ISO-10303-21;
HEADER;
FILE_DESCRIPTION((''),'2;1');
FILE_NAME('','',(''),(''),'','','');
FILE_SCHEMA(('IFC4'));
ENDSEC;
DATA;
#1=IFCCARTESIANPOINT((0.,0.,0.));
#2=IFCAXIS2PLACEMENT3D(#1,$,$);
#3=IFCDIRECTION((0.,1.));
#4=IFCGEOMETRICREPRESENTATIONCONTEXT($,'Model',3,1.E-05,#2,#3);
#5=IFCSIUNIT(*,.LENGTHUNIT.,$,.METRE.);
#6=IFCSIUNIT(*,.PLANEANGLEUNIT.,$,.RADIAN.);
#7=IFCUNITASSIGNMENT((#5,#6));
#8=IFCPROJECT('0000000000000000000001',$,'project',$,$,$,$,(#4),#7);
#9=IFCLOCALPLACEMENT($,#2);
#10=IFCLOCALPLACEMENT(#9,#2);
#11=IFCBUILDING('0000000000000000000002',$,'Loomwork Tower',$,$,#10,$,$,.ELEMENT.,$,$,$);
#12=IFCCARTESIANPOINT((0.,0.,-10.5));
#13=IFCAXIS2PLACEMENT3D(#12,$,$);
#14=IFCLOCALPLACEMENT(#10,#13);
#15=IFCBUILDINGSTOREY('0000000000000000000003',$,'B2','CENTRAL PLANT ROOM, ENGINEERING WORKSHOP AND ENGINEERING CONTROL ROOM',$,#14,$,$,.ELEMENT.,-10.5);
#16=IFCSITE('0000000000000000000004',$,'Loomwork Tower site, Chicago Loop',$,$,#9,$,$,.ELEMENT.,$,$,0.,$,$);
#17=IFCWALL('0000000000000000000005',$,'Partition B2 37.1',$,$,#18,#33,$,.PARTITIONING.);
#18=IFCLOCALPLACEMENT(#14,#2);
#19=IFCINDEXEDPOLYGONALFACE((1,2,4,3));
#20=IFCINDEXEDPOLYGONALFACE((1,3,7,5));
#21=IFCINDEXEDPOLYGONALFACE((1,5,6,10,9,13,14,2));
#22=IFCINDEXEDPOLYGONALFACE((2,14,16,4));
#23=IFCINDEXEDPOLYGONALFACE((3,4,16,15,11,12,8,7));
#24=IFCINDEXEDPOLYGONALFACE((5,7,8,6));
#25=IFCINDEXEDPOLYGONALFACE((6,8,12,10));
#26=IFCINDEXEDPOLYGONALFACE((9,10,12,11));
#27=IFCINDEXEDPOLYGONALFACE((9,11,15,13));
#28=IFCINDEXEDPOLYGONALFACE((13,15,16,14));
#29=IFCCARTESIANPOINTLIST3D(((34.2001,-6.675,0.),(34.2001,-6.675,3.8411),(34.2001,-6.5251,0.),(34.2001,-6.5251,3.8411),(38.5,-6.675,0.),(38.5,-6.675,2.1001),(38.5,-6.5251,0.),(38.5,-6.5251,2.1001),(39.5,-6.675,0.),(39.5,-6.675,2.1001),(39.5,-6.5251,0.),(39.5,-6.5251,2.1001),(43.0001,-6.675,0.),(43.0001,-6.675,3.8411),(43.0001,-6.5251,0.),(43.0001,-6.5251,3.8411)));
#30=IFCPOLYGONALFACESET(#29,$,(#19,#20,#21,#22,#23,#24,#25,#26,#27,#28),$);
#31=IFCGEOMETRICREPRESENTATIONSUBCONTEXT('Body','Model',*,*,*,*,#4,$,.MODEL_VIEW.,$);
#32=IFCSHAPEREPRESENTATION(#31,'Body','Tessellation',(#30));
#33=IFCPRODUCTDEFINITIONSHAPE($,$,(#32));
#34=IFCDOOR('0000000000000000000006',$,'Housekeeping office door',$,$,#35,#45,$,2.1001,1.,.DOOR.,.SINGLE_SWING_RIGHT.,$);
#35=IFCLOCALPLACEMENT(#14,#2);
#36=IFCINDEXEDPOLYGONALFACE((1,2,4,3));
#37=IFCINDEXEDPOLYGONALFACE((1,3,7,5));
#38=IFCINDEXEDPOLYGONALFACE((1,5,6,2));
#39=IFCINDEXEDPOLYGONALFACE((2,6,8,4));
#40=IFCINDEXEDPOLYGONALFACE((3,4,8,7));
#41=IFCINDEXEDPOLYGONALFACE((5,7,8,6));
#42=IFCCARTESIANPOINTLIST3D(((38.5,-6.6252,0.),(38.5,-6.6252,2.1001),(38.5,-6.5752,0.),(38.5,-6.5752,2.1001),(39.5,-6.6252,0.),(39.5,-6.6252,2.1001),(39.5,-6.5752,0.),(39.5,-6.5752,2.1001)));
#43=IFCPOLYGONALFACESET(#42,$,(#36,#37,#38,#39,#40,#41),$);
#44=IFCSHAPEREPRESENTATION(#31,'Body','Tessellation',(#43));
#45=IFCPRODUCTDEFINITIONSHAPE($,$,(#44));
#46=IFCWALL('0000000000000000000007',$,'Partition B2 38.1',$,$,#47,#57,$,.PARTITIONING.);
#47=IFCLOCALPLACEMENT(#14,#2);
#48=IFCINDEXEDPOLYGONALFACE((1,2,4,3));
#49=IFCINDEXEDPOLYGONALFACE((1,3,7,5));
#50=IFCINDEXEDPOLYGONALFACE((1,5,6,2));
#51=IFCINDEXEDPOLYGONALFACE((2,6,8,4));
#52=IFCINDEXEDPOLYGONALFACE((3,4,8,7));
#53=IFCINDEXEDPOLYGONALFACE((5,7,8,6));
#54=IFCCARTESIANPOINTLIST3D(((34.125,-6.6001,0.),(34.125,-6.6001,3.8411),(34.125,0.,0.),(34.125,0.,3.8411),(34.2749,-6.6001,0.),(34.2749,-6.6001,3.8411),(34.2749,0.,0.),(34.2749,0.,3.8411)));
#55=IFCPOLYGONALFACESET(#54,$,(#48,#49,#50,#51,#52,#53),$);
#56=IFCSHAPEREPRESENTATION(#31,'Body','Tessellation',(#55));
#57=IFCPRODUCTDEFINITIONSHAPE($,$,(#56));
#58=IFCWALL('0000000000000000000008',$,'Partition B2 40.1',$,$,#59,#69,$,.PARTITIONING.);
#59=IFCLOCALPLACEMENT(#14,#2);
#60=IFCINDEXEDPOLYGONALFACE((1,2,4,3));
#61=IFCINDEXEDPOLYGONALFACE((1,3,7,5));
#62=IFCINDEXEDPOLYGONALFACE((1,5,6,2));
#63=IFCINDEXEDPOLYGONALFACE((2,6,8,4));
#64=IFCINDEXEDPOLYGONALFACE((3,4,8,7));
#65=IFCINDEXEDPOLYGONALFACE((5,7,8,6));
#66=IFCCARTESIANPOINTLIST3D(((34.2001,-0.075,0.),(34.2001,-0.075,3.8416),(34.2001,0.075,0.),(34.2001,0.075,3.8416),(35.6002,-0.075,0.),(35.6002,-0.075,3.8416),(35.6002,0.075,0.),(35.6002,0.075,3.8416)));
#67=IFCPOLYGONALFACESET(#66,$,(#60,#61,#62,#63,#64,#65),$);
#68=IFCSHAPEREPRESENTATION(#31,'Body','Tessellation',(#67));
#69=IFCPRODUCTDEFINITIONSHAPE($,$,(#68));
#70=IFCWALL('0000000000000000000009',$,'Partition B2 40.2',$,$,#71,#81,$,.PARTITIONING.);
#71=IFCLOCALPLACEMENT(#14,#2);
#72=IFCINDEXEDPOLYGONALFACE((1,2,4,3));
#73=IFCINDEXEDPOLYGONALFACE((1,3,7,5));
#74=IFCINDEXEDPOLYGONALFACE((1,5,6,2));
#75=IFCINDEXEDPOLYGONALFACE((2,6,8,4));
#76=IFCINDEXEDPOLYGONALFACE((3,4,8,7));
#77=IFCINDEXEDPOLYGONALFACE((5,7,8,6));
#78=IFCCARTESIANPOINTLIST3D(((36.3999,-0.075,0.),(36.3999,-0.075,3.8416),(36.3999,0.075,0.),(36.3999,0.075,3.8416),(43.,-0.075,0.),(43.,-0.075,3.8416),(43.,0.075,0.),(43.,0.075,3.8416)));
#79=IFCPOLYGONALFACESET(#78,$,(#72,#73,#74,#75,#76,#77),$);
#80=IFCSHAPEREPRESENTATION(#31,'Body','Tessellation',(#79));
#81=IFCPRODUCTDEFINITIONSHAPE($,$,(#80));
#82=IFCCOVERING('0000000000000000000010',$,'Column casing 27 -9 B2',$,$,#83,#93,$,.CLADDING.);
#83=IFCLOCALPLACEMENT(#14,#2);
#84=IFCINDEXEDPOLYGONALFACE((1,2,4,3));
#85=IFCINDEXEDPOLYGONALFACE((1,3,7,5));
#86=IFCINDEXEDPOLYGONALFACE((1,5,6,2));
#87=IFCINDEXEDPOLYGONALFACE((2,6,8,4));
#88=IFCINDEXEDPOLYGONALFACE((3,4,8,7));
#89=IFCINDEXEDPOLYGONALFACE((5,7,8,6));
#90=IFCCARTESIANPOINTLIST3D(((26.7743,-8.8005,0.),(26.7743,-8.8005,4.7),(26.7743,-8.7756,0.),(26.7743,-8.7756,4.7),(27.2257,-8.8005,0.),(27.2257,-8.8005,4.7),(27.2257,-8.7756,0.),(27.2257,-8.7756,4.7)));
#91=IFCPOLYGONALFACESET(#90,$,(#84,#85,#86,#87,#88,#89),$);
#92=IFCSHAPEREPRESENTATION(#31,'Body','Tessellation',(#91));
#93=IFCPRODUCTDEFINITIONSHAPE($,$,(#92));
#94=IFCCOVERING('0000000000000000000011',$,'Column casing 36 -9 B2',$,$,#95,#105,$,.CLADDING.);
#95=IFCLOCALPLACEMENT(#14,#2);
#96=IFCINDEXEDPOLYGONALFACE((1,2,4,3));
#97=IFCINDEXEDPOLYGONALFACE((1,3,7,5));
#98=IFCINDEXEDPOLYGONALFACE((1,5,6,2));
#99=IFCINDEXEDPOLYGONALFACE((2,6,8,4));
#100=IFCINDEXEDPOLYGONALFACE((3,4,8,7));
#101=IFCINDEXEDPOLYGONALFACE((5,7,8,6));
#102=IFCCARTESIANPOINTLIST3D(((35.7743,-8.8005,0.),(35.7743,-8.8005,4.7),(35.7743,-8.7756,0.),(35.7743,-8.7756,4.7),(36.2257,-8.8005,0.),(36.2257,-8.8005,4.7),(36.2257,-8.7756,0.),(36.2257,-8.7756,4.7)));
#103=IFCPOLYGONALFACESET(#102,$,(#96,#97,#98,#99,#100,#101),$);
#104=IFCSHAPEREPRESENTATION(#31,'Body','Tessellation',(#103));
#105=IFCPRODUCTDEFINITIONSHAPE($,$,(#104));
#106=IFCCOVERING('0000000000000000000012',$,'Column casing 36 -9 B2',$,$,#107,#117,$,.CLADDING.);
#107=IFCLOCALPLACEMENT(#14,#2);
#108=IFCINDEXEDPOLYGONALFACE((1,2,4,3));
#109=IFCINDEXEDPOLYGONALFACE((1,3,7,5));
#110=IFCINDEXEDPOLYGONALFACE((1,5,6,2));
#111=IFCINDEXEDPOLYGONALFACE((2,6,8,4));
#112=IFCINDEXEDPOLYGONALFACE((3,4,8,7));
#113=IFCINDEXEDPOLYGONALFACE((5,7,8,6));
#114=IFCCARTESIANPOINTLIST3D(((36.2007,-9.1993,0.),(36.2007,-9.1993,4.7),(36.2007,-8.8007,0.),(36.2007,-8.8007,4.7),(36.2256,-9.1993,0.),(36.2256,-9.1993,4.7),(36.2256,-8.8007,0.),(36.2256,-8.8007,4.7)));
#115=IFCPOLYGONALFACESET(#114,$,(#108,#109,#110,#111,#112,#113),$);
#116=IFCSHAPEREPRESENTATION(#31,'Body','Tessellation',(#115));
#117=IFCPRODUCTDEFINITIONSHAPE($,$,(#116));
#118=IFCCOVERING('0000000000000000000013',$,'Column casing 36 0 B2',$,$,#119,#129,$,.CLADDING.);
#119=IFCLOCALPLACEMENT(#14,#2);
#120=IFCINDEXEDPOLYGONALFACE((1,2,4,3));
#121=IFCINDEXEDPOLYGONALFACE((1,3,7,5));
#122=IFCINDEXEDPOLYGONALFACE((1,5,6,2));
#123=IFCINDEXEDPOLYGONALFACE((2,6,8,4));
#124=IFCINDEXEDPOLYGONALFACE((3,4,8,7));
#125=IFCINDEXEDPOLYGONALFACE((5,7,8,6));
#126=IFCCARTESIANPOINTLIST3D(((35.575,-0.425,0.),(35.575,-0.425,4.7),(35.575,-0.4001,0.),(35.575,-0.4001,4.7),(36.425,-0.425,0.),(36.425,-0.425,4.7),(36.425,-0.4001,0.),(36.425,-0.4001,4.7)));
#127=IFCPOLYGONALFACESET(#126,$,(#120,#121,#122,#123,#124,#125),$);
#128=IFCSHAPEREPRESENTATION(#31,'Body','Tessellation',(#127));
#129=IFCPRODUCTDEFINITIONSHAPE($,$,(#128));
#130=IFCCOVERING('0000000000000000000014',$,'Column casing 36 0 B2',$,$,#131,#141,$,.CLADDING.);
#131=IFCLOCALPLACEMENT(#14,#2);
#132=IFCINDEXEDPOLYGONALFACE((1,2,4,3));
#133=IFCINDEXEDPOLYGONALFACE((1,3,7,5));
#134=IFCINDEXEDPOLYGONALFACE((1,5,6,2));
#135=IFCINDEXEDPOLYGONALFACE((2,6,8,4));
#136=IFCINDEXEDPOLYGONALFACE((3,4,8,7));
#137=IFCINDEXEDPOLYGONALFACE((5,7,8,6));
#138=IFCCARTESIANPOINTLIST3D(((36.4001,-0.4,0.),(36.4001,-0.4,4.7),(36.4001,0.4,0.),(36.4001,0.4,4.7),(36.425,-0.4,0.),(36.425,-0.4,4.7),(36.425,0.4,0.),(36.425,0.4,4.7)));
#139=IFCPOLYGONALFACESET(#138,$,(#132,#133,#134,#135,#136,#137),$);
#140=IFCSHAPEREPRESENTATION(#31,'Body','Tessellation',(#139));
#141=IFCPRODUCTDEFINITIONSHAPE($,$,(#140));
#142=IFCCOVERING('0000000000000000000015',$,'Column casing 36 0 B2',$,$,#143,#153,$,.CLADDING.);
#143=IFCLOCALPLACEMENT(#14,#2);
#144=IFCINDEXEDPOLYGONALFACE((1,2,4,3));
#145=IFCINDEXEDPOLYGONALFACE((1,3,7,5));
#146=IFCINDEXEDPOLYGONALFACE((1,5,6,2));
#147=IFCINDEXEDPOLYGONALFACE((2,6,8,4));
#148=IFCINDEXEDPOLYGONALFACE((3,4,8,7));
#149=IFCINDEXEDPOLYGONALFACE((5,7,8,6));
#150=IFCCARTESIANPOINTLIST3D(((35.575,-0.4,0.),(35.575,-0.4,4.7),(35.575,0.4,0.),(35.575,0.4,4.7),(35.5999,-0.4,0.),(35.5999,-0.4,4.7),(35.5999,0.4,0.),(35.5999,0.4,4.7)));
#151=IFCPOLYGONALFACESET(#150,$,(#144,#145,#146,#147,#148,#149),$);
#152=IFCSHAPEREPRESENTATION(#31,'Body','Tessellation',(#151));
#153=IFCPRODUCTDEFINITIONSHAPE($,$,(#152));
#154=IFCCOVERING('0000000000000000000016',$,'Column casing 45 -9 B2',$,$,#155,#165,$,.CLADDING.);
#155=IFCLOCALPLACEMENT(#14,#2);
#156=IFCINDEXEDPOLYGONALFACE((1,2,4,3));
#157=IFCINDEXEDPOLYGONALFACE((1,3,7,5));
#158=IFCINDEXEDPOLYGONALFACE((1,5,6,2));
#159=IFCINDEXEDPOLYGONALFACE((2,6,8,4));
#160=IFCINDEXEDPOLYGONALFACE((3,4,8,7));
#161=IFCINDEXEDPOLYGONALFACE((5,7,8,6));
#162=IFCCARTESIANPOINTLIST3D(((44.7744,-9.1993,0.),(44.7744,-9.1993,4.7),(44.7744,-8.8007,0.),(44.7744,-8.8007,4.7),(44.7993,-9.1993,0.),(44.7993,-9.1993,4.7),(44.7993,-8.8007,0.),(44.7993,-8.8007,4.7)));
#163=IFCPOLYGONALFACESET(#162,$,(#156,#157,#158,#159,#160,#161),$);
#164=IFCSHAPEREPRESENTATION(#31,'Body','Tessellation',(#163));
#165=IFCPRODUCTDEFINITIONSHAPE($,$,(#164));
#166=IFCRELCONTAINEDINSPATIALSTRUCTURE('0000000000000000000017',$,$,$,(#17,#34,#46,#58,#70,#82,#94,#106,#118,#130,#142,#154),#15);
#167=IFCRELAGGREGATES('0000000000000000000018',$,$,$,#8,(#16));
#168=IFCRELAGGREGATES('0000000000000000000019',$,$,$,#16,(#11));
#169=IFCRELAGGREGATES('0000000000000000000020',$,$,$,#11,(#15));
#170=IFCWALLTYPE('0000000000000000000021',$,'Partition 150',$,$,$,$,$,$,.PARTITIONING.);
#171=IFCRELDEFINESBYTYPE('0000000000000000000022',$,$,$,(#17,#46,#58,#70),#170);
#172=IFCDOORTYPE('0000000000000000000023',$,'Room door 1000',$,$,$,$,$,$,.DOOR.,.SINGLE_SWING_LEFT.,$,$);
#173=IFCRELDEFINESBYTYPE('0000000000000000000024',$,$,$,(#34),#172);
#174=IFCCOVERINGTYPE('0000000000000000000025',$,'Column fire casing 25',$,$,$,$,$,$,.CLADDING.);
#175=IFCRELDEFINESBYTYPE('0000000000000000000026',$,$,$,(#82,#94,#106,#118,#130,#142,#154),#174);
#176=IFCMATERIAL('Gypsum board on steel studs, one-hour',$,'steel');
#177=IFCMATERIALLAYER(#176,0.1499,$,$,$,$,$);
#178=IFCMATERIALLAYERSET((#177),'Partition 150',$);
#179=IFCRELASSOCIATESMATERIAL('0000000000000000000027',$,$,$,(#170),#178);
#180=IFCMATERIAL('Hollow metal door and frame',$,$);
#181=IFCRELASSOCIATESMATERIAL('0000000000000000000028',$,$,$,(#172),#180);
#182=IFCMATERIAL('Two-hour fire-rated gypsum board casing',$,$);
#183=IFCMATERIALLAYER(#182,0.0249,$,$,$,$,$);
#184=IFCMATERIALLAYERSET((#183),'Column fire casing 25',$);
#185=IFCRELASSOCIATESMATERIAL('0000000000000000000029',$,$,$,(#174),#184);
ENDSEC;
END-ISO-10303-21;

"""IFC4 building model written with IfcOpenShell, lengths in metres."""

from ifc_helpers import new_model, si_unit, direction, frame, frame_2d, origin, origin_2d, place, context, subcontext, project, spatial, rectangle, extrude, material, layer, layer_set, type_object, element, fill, save


model = new_model("IFC4")

# Units and contexts
model_context = context("Model", 3, precision=1e-05, world=origin(), true_north=direction((0.0, 1.0)))
body_context = subcontext(model_context, "Body", "Model", "MODEL_VIEW")
ifc_project = project(units=[si_unit("LENGTHUNIT", "METRE"), si_unit("PLANEANGLEUNIT", "RADIAN")], contexts=[model_context])

# Site, building, storey
site_placement = place(None, origin())
site = spatial("IfcSite", under=ifc_project, at=site_placement, Name="Loomwork Tower site, Chicago Loop", CompositionType="ELEMENT", RefElevation=0.0)
building_placement = place(site_placement, origin())
building = spatial("IfcBuilding", under=site, at=building_placement, Name="Loomwork Tower", CompositionType="ELEMENT")
storey_placement = place(building_placement, frame((0.0, 0.0, -10.5)))
storey = spatial("IfcBuildingStorey", under=building, at=storey_placement, Name="B2", Description="CENTRAL PLANT ROOM, ENGINEERING WORKSHOP AND ENGINEERING CONTROL ROOM", CompositionType="ELEMENT", Elevation=-10.5)

# Shared definitions
ifc_material_1 = material(Name="Gypsum board on steel studs, one-hour", Category="steel")
ifc_layer_1 = layer(ifc_material_1, 0.1499)
ifc_layer_set_1 = layer_set([ifc_layer_1], Name="Partition 150")
wall_type = type_object("IfcWallType", Name="Partition 150", PredefinedType="PARTITIONING", material=ifc_layer_set_1)

# Wall, opening, door
wall_1_placement = place(storey_placement, frame((43.0, -6.6001, 0.0), z_axis=(0.0, 0.0, 1.0), x_axis=(-1.0, 0.0, 0.0)))
wall_1 = element("IfcWall", 1, at=wall_1_placement, inside=storey, type_object=wall_type, Name="Partition B2 37.1", PredefinedType="PARTITIONING", context=body_context, shape_type="SweptSolid", body=[
    extrude(rectangle(XDim=8.8, YDim=0.1499, at=frame_2d((4.3999, 0.0))), origin(), (0.0, 0.0, 1.0), 3.8411),
])
opening_placement = place(wall_1_placement, frame((3.5, 0.0, 0.0)))
opening = element("IfcOpeningElement", 2, at=opening_placement, cuts=wall_1, PredefinedType="OPENING", context=body_context, shape_type="SweptSolid", body=[
    extrude(rectangle(XDim=1.0, YDim=2.1001, at=frame_2d((0.5, 1.05))), frame((0.0, 0.085, 0.0), z_axis=(0.0, -1.0, 0.0), x_axis=(1.0, 0.0, 0.0)), (0.0, 0.0, 1.0), 0.1699),
])
ifc_material_2 = material(Name="Hollow metal door and frame")
door_type = type_object("IfcDoorType", Name="Room door 1000", OperationType="SINGLE_SWING_LEFT", PredefinedType="DOOR", material=ifc_material_2)
door_placement = place(opening_placement, frame((1.0, 0.0, 0.0), z_axis=(0.0, 0.0, 1.0), x_axis=(-1.0, 0.0, 0.0)))
door = element("IfcDoor", 3, at=door_placement, inside=storey, type_object=door_type, Name="Housekeeping office door", OperationType="SINGLE_SWING_RIGHT", OverallHeight=2.1001, OverallWidth=1.0, PredefinedType="DOOR", context=body_context, shape_type="SweptSolid", body=[
    extrude(rectangle(XDim=1.0, YDim=2.1001, at=frame_2d((0.5, 1.05))), frame((0.0, 0.0249, 0.0), z_axis=(0.0, -1.0, 0.0), x_axis=(1.0, 0.0, 0.0)), (0.0, 0.0, 1.0), 0.05),
])
fill(opening, door)

# Walls
wall_2_placement = place(storey_placement, frame((34.2, 0.0, 0.0), z_axis=(0.0, 0.0, 1.0), x_axis=(0.0, -1.0, 0.0)))
element("IfcWall", 4, at=wall_2_placement, inside=storey, type_object=wall_type, Name="Partition B2 38.1", PredefinedType="PARTITIONING", context=body_context, shape_type="SweptSolid", body=[
    extrude(rectangle(XDim=6.6001, YDim=0.1499, at=frame_2d((3.3, 0.0))), origin(), (0.0, 0.0, 1.0), 3.8411),
])
wall_3_placement = place(storey_placement, frame((34.2, 0.0, 0.0), z_axis=(0.0, 0.0, 1.0), x_axis=(1.0, 0.0, 0.0)))
element("IfcWall", 5, at=wall_3_placement, inside=storey, type_object=wall_type, Name="Partition B2 40.1", PredefinedType="PARTITIONING", context=body_context, shape_type="SweptSolid", body=[
    extrude(rectangle(XDim=1.4001, YDim=0.1499, at=frame_2d((0.7002, 0.0))), origin(), (0.0, 0.0, 1.0), 3.8416),
])
wall_4_placement = place(storey_placement, frame((36.3999, 0.0, 0.0), z_axis=(0.0, 0.0, 1.0), x_axis=(1.0, 0.0, 0.0)))
element("IfcWall", 6, at=wall_4_placement, inside=storey, type_object=wall_type, Name="Partition B2 40.2", PredefinedType="PARTITIONING", context=body_context, shape_type="SweptSolid", body=[
    extrude(rectangle(XDim=6.6001, YDim=0.1499, at=frame_2d((3.3, 0.0))), origin(), (0.0, 0.0, 1.0), 3.8416),
])

# Coverings
ifc_material_3 = material(Name="Two-hour fire-rated gypsum board casing")
ifc_layer_2 = layer(ifc_material_3, 0.0249)
ifc_layer_set_2 = layer_set([ifc_layer_2], Name="Column fire casing 25")
covering_type = type_object("IfcCoveringType", Name="Column fire casing 25", PredefinedType="CLADDING", material=ifc_layer_set_2)
for number, where, z_axis, x_axis, name in (
    (7, (27.0, -8.7881, 0.0), (0.0, 0.0, 1.0), (1.0, 0.0, 0.0), "Column casing 27 -9 B2"),
    (8, (36.0, -8.7881, 0.0), (0.0, 0.0, 1.0), (1.0, 0.0, 0.0), "Column casing 36 -9 B2"),
):
    element("IfcCovering", number, at=place(storey_placement, frame(where, z_axis=z_axis, x_axis=x_axis)), inside=storey, type_object=covering_type, Name=name, PredefinedType="CLADDING", context=body_context, shape_type="SweptSolid", body=[
        extrude(rectangle(XDim=0.4514, YDim=0.0249, at=origin_2d()), origin(), (0.0, 0.0, 1.0), 4.7),
    ])
covering_1_placement = place(storey_placement, frame((36.2131, -9.0, 0.0), z_axis=(0.0, 0.0, 1.0), x_axis=(1.0, 0.0, 0.0)))
element("IfcCovering", 9, at=covering_1_placement, inside=storey, type_object=covering_type, Name="Column casing 36 -9 B2", PredefinedType="CLADDING", context=body_context, shape_type="SweptSolid", body=[
    extrude(rectangle(XDim=0.0249, YDim=0.3987, at=origin_2d()), origin(), (0.0, 0.0, 1.0), 4.7),
])
covering_2_placement = place(storey_placement, frame((36.0, -0.4126, 0.0), z_axis=(0.0, 0.0, 1.0), x_axis=(1.0, 0.0, 0.0)))
element("IfcCovering", 10, at=covering_2_placement, inside=storey, type_object=covering_type, Name="Column casing 36 0 B2", PredefinedType="CLADDING", context=body_context, shape_type="SweptSolid", body=[
    extrude(rectangle(XDim=0.8501, YDim=0.0249, at=origin_2d()), origin(), (0.0, 0.0, 1.0), 4.7),
])
for number, where, z_axis, x_axis, name in (
    (11, (36.4126, 0.0, 0.0), (0.0, 0.0, 1.0), (1.0, 0.0, 0.0), "Column casing 36 0 B2"),
    (12, (35.5874, 0.0, 0.0), (0.0, 0.0, 1.0), (1.0, 0.0, 0.0), "Column casing 36 0 B2"),
):
    element("IfcCovering", number, at=place(storey_placement, frame(where, z_axis=z_axis, x_axis=x_axis)), inside=storey, type_object=covering_type, Name=name, PredefinedType="CLADDING", context=body_context, shape_type="SweptSolid", body=[
        extrude(rectangle(XDim=0.0249, YDim=0.8, at=origin_2d()), origin(), (0.0, 0.0, 1.0), 4.7),
    ])
covering_3_placement = place(storey_placement, frame((44.7869, -9.0, 0.0), z_axis=(0.0, 0.0, 1.0), x_axis=(1.0, 0.0, 0.0)))
element("IfcCovering", 13, at=covering_3_placement, inside=storey, type_object=covering_type, Name="Column casing 45 -9 B2", PredefinedType="CLADDING", context=body_context, shape_type="SweptSolid", body=[
    extrude(rectangle(XDim=0.0249, YDim=0.3987, at=origin_2d()), origin(), (0.0, 0.0, 1.0), 4.7),
])

save(model, "model.ifc")
